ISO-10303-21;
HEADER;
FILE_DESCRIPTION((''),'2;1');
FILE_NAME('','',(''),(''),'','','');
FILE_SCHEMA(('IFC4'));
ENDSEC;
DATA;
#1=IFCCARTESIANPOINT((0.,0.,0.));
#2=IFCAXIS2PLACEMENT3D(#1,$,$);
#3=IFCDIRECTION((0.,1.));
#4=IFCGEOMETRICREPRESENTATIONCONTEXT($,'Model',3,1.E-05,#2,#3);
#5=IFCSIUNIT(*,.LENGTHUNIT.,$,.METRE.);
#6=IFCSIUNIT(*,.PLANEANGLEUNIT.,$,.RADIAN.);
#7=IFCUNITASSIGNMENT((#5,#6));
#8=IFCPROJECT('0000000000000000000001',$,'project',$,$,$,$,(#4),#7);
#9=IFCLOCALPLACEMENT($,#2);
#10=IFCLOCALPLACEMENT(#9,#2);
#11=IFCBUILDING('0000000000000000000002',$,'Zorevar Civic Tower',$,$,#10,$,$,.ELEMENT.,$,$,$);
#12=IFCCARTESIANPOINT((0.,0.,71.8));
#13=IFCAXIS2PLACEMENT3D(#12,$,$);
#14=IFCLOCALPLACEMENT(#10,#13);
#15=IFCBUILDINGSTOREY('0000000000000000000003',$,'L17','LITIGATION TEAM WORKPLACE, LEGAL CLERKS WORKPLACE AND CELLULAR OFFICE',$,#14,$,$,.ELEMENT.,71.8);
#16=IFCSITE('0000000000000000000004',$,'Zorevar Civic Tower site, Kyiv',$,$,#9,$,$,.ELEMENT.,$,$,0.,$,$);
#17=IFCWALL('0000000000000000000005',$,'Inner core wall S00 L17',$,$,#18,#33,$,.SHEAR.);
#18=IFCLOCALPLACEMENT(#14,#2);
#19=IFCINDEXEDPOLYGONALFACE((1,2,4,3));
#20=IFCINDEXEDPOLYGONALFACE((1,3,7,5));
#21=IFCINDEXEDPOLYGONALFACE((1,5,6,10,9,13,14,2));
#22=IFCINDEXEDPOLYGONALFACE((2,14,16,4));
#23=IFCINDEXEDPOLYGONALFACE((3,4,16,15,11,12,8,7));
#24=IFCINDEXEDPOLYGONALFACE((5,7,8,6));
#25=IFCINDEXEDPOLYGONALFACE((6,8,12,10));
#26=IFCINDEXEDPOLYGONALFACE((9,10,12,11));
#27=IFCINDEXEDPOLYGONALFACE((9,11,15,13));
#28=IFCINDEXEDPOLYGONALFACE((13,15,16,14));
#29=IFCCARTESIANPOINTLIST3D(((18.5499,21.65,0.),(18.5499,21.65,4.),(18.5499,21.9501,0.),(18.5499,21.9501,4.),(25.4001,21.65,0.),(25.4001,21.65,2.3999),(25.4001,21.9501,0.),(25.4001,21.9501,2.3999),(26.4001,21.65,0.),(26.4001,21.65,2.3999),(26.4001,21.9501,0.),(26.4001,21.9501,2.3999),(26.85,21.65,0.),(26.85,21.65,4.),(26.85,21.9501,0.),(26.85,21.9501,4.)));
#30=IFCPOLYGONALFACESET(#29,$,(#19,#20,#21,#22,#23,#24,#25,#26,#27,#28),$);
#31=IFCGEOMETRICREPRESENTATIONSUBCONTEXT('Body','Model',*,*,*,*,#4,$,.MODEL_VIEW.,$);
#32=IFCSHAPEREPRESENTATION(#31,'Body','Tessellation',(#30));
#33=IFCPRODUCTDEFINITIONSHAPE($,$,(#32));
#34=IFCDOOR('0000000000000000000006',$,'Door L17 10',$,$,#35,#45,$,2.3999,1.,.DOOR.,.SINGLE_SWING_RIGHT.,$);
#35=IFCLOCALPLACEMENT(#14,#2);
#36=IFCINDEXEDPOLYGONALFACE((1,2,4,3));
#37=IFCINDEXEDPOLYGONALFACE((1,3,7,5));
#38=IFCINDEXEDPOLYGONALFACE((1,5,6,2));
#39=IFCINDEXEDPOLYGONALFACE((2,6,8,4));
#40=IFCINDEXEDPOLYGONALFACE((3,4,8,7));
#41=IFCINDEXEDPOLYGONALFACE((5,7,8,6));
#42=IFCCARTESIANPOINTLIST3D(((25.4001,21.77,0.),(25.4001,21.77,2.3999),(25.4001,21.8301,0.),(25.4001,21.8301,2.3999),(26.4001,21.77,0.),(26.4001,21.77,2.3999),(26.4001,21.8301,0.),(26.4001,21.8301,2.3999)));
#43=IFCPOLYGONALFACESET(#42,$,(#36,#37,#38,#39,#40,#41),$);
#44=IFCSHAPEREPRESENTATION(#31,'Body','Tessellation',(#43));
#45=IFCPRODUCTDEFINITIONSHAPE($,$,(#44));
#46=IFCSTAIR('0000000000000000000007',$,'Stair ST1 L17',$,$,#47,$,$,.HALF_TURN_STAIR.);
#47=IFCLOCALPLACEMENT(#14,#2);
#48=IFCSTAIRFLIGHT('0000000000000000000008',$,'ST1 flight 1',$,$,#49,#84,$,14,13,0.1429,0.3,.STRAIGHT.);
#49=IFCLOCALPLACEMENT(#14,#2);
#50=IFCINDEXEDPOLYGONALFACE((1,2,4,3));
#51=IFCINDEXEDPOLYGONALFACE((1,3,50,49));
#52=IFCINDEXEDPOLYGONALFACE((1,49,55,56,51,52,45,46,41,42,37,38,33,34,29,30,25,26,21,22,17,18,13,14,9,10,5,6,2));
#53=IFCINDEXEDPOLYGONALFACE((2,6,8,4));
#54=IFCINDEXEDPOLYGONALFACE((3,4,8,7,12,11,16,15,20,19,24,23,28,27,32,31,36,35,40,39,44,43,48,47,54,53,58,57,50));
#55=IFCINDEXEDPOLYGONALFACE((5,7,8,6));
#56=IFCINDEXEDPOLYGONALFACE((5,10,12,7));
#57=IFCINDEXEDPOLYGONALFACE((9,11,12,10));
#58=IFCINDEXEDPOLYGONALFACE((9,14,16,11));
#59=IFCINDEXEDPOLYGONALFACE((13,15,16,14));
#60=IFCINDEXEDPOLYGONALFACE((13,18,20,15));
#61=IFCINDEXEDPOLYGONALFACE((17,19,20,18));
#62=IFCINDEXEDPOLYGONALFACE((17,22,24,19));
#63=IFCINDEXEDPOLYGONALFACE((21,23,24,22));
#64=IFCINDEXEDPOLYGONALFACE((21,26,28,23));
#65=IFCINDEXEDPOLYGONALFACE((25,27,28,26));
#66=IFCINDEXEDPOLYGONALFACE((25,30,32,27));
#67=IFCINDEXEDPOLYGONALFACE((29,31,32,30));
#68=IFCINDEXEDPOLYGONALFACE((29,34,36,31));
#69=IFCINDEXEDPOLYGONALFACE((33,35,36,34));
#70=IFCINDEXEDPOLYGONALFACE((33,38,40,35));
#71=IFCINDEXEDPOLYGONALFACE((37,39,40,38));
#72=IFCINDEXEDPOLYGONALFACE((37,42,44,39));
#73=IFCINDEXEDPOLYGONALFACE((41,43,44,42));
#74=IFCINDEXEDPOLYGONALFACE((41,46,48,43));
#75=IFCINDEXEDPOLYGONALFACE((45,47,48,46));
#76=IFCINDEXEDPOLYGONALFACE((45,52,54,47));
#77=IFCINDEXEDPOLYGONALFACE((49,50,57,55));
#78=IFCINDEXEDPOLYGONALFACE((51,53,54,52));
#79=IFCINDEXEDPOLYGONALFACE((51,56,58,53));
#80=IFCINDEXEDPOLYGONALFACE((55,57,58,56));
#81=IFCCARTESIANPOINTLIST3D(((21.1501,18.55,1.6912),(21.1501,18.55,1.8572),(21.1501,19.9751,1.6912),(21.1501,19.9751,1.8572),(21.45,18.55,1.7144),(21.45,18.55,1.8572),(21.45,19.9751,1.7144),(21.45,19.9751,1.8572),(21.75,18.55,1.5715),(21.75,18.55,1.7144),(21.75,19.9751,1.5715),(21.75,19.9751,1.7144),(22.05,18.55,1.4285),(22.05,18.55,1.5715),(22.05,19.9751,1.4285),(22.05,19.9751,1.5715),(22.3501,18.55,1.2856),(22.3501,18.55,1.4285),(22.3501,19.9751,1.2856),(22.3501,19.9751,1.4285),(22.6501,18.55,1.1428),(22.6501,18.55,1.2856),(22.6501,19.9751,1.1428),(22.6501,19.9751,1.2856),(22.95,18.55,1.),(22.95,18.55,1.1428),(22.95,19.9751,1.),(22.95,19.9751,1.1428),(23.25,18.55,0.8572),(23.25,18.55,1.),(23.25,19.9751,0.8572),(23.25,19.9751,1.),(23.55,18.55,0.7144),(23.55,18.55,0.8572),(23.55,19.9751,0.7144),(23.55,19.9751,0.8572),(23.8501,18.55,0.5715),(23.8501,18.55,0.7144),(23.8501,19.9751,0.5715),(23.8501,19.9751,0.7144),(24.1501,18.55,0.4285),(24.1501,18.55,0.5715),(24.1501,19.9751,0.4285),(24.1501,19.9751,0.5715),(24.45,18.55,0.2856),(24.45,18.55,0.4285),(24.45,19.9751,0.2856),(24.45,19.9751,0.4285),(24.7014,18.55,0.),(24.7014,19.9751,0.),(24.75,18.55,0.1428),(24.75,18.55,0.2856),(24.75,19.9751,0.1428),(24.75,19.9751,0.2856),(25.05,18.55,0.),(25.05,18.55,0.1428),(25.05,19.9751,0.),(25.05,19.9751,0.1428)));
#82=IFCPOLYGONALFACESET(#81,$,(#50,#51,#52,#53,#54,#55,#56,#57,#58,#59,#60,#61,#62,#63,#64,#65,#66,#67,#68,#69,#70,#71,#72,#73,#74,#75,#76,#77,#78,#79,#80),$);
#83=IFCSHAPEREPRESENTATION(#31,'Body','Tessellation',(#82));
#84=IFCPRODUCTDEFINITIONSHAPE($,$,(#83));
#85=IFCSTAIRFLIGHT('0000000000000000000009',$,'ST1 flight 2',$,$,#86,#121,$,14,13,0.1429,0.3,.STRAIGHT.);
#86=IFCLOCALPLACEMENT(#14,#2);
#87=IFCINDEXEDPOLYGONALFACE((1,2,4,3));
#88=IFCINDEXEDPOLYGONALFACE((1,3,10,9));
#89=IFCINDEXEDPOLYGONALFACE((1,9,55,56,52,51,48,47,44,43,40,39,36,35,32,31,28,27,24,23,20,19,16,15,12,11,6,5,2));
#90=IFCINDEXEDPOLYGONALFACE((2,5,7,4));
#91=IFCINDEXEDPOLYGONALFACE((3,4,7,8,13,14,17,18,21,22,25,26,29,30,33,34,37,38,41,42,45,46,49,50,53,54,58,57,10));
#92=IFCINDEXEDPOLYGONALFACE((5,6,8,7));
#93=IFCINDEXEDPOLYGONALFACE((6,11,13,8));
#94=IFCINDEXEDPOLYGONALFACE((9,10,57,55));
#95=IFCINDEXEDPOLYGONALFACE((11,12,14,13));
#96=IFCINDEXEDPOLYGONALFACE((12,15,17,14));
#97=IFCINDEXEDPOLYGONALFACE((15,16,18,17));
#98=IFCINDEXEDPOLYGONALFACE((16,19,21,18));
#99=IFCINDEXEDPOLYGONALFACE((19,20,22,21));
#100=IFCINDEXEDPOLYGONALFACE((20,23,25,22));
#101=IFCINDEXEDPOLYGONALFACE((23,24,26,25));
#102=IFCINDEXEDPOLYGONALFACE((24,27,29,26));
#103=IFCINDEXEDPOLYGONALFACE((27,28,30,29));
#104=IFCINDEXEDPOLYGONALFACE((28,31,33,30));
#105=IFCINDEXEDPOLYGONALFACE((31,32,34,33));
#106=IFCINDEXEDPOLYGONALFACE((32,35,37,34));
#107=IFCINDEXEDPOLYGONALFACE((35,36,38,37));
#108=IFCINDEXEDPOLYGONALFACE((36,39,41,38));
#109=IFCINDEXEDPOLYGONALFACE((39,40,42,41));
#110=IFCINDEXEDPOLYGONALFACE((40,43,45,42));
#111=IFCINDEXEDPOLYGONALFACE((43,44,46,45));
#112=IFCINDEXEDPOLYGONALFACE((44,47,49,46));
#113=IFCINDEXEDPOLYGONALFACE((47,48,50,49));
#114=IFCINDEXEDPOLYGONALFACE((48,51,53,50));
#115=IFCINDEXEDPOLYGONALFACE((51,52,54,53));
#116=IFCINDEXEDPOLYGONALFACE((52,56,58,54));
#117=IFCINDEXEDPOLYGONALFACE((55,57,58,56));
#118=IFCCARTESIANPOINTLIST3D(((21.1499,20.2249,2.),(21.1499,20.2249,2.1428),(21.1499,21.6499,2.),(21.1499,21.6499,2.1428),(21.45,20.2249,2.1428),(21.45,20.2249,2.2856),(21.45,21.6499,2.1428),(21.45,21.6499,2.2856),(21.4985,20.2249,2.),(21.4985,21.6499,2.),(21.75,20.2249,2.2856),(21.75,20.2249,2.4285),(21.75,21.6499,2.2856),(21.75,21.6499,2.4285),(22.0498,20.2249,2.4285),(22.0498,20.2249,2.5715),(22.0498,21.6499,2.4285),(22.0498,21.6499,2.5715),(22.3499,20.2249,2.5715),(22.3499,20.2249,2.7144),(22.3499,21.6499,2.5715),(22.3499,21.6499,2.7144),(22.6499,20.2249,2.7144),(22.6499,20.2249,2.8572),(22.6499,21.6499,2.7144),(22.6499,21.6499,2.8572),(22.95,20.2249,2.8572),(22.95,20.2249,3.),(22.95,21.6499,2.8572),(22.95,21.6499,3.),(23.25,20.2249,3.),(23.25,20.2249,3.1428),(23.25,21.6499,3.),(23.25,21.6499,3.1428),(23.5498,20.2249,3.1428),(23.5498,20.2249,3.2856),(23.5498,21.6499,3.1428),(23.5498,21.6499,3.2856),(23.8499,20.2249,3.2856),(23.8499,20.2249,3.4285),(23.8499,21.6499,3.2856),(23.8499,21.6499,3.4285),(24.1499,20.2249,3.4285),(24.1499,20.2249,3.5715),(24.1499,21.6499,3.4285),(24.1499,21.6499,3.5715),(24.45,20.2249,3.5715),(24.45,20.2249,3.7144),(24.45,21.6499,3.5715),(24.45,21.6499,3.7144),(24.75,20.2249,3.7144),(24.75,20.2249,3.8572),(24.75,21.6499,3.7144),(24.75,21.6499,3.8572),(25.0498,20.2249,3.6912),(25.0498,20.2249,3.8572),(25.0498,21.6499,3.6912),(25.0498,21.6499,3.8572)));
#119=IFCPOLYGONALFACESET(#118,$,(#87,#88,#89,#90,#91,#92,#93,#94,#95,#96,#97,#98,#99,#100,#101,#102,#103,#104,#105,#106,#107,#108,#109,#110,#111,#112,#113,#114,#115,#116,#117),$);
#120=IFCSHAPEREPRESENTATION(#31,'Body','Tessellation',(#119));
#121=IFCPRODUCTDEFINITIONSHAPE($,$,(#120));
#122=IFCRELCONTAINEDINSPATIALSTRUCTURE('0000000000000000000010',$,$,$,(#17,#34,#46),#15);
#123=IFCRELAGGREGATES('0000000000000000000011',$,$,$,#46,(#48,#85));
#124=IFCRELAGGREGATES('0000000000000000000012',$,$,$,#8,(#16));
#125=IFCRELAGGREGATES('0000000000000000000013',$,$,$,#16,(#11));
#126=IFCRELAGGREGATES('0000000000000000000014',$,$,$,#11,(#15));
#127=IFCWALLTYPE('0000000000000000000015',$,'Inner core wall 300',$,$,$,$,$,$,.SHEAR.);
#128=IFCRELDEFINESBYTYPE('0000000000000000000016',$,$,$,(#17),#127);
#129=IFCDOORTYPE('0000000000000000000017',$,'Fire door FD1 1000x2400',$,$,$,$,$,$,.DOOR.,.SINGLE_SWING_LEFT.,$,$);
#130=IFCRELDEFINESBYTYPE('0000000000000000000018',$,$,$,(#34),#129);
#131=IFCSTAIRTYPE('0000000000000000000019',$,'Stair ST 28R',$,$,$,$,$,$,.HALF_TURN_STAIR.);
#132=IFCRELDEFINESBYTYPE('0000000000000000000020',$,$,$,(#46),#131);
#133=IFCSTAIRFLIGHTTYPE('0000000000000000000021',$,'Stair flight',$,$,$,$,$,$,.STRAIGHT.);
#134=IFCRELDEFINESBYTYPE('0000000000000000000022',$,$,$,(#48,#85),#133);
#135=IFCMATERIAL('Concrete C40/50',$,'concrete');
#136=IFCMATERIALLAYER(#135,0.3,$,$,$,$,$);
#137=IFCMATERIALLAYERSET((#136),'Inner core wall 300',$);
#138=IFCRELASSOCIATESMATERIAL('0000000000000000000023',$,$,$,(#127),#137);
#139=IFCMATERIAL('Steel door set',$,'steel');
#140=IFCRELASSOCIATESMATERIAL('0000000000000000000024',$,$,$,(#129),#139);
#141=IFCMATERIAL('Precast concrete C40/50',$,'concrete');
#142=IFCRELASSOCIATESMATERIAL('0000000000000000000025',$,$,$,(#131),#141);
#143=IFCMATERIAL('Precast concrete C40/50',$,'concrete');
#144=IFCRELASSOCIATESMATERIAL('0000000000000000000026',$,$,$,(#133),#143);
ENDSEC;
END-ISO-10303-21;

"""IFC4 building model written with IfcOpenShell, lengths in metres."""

from ifc_helpers import new_model, si_unit, direction, frame, frame_2d, origin, place, context, subcontext, project, spatial, polyline, rectangle, outline, extrude, material, layer, layer_set, type_object, element, fill, aggregate, save


model = new_model("IFC4")

# Units and contexts
model_context = context("Model", 3, precision=1e-05, world=origin(), true_north=direction((0.0, 1.0)))
body_context = subcontext(model_context, "Body", "Model", "MODEL_VIEW")
ifc_project = project(units=[si_unit("LENGTHUNIT", "METRE"), si_unit("PLANEANGLEUNIT", "RADIAN")], contexts=[model_context])

# Site, building, storey
site_placement = place(None, origin())
site = spatial("IfcSite", under=ifc_project, at=site_placement, Name="Zorevar Civic Tower site, Kyiv", CompositionType="ELEMENT", RefElevation=0.0)
building_placement = place(site_placement, origin())
building = spatial("IfcBuilding", under=site, at=building_placement, Name="Zorevar Civic Tower", CompositionType="ELEMENT")
storey_placement = place(building_placement, frame((0.0, 0.0, 71.8)))
storey = spatial("IfcBuildingStorey", under=building, at=storey_placement, Name="L17", Description="LITIGATION TEAM WORKPLACE, LEGAL CLERKS WORKPLACE AND CELLULAR OFFICE", CompositionType="ELEMENT", Elevation=71.8)

# Wall, opening, door
ifc_material_1 = material(Name="Concrete C40/50", Category="concrete")
ifc_layer_1 = layer(ifc_material_1, 0.3)
ifc_layer_set_1 = layer_set([ifc_layer_1], Name="Inner core wall 300")
wall_type_1 = type_object("IfcWallType", Name="Inner core wall 300", PredefinedType="SHEAR", material=ifc_layer_set_1)
wall_1_placement = place(storey_placement, frame((18.55, 21.8, 0.0), z_axis=(0.0, 0.0, 1.0), x_axis=(1.0, 0.0, 0.0)))
wall_1 = element("IfcWall", 1, at=wall_1_placement, inside=storey, type_object=wall_type_1, Name="Inner core wall S00 L17", PredefinedType="SHEAR", context=body_context, shape_type="SweptSolid", body=[
    extrude(rectangle(XDim=8.3, YDim=0.3, at=frame_2d((4.1499, 0.0))), origin(), (0.0, 0.0, 1.0), 4.0),
])
opening_1_placement = place(wall_1_placement, frame((6.8501, 0.0, 0.0)))
opening_1 = element("IfcOpeningElement", 2, at=opening_1_placement, cuts=wall_1, PredefinedType="OPENING", context=body_context, shape_type="SweptSolid", body=[
    extrude(rectangle(XDim=1.0, YDim=2.3999, at=frame_2d((0.5, 1.2))), frame((0.0, 0.1599, 0.0), z_axis=(0.0, -1.0, 0.0), x_axis=(1.0, 0.0, 0.0)), (0.0, 0.0, 1.0), 0.3201),
])
ifc_material_2 = material(Name="Steel door set", Category="steel")
door_type_1 = type_object("IfcDoorType", Name="Fire door FD1 1000x2400", OperationType="SINGLE_SWING_LEFT", PredefinedType="DOOR", material=ifc_material_2)
door_1_placement = place(opening_1_placement, origin())
door_1 = element("IfcDoor", 3, at=door_1_placement, inside=storey, type_object=door_type_1, Name="Door L17 10", OperationType="SINGLE_SWING_RIGHT", OverallHeight=2.3999, OverallWidth=1.0, PredefinedType="DOOR", context=body_context, shape_type="SweptSolid", body=[
    extrude(rectangle(XDim=1.0, YDim=2.3999, at=frame_2d((0.5, 1.2))), frame((0.0, 0.03, 0.0), z_axis=(0.0, -1.0, 0.0), x_axis=(1.0, 0.0, 0.0)), (0.0, 0.0, 1.0), 0.0601),
])
fill(opening_1, door_1)

# Stair, stair flights
ifc_material_3 = material(Name="Precast concrete C40/50", Category="concrete")
stair_type = type_object("IfcStairType", Name="Stair ST 28R", PredefinedType="HALF_TURN_STAIR", material=ifc_material_3)
stair_placement = place(storey_placement, origin())
stair = element("IfcStair", 4, at=stair_placement, inside=storey, type_object=stair_type, Name="Stair ST1 L17", PredefinedType="HALF_TURN_STAIR")
ifc_material_4 = material(Name="Precast concrete C40/50", Category="concrete")
stair_flight_type = type_object("IfcStairFlightType", Name="Stair flight", PredefinedType="STRAIGHT", material=ifc_material_4)
stair_flight_1_placement = place(storey_placement, frame((25.05, 19.2625, 0.0), z_axis=(0.0, 0.0, 1.0), x_axis=(-1.0, 0.0, 0.0)))
stair_flight_1 = element("IfcStairFlight", 5, at=stair_flight_1_placement, type_object=stair_flight_type, Name="ST1 flight 1", NumberOfRisers=14, NumberOfTreads=13, PredefinedType="STRAIGHT", RiserHeight=0.1429, TreadLength=0.3, context=body_context, shape_type="SweptSolid", body=[
    extrude(outline(polyline([(0.0, 0.0), (0.0, 0.1428), (0.3, 0.1428), (0.3, 0.2856), (0.6001, 0.2856), (0.6001, 0.4285), (0.8999, 0.4285), (0.8999, 0.5715), (1.2, 0.5715), (1.2, 0.7144), (1.5, 0.7144), (1.5, 0.8572), (1.8, 0.8572), (1.8, 1.0), (2.1001, 1.0), (2.1001, 1.1428), (2.3999, 1.1428), (2.3999, 1.2856), (2.7, 1.2856), (2.7, 1.4285), (3.0, 1.4285), (3.0, 1.5715), (3.3, 1.5715), (3.3, 1.7144), (3.6001, 1.7144), (3.6001, 1.8572), (3.8999, 1.8572), (3.8999, 2.0), (3.8999, 1.6912), (0.3486, 0.0), (0.0, 0.0)])), frame((0.0, 0.7124, 0.0), z_axis=(0.0, -1.0, 0.0), x_axis=(1.0, 0.0, 0.0)), (0.0, 0.0, 1.0), 1.425),
])
stair_flight_2_placement = place(storey_placement, frame((21.1499, 20.9375, 2.0), z_axis=(0.0, 0.0, 1.0), x_axis=(1.0, 0.0, 0.0)))
stair_flight_2 = element("IfcStairFlight", 6, at=stair_flight_2_placement, type_object=stair_flight_type, Name="ST1 flight 2", NumberOfRisers=14, NumberOfTreads=13, PredefinedType="STRAIGHT", RiserHeight=0.1429, TreadLength=0.3, context=body_context, shape_type="SweptSolid", body=[
    extrude(outline(polyline([(0.0, 0.0), (0.0, 0.1428), (0.3, 0.1428), (0.3, 0.2856), (0.6001, 0.2856), (0.6001, 0.4285), (0.8999, 0.4285), (0.8999, 0.5715), (1.2, 0.5715), (1.2, 0.7144), (1.5, 0.7144), (1.5, 0.8572), (1.8, 0.8572), (1.8, 1.0), (2.1001, 1.0), (2.1001, 1.1428), (2.3999, 1.1428), (2.3999, 1.2856), (2.7, 1.2856), (2.7, 1.4285), (3.0, 1.4285), (3.0, 1.5715), (3.3, 1.5715), (3.3, 1.7144), (3.6001, 1.7144), (3.6001, 1.8572), (3.8999, 1.8572), (3.8999, 2.0), (3.8999, 1.6912), (0.3486, 0.0), (0.0, 0.0)])), frame((0.0, 0.7124, 0.0), z_axis=(0.0, -1.0, 0.0), x_axis=(1.0, 0.0, 0.0)), (0.0, 0.0, 1.0), 1.425),
])
aggregate(stair, [stair_flight_1, stair_flight_2])

save(model, "model.ifc")
